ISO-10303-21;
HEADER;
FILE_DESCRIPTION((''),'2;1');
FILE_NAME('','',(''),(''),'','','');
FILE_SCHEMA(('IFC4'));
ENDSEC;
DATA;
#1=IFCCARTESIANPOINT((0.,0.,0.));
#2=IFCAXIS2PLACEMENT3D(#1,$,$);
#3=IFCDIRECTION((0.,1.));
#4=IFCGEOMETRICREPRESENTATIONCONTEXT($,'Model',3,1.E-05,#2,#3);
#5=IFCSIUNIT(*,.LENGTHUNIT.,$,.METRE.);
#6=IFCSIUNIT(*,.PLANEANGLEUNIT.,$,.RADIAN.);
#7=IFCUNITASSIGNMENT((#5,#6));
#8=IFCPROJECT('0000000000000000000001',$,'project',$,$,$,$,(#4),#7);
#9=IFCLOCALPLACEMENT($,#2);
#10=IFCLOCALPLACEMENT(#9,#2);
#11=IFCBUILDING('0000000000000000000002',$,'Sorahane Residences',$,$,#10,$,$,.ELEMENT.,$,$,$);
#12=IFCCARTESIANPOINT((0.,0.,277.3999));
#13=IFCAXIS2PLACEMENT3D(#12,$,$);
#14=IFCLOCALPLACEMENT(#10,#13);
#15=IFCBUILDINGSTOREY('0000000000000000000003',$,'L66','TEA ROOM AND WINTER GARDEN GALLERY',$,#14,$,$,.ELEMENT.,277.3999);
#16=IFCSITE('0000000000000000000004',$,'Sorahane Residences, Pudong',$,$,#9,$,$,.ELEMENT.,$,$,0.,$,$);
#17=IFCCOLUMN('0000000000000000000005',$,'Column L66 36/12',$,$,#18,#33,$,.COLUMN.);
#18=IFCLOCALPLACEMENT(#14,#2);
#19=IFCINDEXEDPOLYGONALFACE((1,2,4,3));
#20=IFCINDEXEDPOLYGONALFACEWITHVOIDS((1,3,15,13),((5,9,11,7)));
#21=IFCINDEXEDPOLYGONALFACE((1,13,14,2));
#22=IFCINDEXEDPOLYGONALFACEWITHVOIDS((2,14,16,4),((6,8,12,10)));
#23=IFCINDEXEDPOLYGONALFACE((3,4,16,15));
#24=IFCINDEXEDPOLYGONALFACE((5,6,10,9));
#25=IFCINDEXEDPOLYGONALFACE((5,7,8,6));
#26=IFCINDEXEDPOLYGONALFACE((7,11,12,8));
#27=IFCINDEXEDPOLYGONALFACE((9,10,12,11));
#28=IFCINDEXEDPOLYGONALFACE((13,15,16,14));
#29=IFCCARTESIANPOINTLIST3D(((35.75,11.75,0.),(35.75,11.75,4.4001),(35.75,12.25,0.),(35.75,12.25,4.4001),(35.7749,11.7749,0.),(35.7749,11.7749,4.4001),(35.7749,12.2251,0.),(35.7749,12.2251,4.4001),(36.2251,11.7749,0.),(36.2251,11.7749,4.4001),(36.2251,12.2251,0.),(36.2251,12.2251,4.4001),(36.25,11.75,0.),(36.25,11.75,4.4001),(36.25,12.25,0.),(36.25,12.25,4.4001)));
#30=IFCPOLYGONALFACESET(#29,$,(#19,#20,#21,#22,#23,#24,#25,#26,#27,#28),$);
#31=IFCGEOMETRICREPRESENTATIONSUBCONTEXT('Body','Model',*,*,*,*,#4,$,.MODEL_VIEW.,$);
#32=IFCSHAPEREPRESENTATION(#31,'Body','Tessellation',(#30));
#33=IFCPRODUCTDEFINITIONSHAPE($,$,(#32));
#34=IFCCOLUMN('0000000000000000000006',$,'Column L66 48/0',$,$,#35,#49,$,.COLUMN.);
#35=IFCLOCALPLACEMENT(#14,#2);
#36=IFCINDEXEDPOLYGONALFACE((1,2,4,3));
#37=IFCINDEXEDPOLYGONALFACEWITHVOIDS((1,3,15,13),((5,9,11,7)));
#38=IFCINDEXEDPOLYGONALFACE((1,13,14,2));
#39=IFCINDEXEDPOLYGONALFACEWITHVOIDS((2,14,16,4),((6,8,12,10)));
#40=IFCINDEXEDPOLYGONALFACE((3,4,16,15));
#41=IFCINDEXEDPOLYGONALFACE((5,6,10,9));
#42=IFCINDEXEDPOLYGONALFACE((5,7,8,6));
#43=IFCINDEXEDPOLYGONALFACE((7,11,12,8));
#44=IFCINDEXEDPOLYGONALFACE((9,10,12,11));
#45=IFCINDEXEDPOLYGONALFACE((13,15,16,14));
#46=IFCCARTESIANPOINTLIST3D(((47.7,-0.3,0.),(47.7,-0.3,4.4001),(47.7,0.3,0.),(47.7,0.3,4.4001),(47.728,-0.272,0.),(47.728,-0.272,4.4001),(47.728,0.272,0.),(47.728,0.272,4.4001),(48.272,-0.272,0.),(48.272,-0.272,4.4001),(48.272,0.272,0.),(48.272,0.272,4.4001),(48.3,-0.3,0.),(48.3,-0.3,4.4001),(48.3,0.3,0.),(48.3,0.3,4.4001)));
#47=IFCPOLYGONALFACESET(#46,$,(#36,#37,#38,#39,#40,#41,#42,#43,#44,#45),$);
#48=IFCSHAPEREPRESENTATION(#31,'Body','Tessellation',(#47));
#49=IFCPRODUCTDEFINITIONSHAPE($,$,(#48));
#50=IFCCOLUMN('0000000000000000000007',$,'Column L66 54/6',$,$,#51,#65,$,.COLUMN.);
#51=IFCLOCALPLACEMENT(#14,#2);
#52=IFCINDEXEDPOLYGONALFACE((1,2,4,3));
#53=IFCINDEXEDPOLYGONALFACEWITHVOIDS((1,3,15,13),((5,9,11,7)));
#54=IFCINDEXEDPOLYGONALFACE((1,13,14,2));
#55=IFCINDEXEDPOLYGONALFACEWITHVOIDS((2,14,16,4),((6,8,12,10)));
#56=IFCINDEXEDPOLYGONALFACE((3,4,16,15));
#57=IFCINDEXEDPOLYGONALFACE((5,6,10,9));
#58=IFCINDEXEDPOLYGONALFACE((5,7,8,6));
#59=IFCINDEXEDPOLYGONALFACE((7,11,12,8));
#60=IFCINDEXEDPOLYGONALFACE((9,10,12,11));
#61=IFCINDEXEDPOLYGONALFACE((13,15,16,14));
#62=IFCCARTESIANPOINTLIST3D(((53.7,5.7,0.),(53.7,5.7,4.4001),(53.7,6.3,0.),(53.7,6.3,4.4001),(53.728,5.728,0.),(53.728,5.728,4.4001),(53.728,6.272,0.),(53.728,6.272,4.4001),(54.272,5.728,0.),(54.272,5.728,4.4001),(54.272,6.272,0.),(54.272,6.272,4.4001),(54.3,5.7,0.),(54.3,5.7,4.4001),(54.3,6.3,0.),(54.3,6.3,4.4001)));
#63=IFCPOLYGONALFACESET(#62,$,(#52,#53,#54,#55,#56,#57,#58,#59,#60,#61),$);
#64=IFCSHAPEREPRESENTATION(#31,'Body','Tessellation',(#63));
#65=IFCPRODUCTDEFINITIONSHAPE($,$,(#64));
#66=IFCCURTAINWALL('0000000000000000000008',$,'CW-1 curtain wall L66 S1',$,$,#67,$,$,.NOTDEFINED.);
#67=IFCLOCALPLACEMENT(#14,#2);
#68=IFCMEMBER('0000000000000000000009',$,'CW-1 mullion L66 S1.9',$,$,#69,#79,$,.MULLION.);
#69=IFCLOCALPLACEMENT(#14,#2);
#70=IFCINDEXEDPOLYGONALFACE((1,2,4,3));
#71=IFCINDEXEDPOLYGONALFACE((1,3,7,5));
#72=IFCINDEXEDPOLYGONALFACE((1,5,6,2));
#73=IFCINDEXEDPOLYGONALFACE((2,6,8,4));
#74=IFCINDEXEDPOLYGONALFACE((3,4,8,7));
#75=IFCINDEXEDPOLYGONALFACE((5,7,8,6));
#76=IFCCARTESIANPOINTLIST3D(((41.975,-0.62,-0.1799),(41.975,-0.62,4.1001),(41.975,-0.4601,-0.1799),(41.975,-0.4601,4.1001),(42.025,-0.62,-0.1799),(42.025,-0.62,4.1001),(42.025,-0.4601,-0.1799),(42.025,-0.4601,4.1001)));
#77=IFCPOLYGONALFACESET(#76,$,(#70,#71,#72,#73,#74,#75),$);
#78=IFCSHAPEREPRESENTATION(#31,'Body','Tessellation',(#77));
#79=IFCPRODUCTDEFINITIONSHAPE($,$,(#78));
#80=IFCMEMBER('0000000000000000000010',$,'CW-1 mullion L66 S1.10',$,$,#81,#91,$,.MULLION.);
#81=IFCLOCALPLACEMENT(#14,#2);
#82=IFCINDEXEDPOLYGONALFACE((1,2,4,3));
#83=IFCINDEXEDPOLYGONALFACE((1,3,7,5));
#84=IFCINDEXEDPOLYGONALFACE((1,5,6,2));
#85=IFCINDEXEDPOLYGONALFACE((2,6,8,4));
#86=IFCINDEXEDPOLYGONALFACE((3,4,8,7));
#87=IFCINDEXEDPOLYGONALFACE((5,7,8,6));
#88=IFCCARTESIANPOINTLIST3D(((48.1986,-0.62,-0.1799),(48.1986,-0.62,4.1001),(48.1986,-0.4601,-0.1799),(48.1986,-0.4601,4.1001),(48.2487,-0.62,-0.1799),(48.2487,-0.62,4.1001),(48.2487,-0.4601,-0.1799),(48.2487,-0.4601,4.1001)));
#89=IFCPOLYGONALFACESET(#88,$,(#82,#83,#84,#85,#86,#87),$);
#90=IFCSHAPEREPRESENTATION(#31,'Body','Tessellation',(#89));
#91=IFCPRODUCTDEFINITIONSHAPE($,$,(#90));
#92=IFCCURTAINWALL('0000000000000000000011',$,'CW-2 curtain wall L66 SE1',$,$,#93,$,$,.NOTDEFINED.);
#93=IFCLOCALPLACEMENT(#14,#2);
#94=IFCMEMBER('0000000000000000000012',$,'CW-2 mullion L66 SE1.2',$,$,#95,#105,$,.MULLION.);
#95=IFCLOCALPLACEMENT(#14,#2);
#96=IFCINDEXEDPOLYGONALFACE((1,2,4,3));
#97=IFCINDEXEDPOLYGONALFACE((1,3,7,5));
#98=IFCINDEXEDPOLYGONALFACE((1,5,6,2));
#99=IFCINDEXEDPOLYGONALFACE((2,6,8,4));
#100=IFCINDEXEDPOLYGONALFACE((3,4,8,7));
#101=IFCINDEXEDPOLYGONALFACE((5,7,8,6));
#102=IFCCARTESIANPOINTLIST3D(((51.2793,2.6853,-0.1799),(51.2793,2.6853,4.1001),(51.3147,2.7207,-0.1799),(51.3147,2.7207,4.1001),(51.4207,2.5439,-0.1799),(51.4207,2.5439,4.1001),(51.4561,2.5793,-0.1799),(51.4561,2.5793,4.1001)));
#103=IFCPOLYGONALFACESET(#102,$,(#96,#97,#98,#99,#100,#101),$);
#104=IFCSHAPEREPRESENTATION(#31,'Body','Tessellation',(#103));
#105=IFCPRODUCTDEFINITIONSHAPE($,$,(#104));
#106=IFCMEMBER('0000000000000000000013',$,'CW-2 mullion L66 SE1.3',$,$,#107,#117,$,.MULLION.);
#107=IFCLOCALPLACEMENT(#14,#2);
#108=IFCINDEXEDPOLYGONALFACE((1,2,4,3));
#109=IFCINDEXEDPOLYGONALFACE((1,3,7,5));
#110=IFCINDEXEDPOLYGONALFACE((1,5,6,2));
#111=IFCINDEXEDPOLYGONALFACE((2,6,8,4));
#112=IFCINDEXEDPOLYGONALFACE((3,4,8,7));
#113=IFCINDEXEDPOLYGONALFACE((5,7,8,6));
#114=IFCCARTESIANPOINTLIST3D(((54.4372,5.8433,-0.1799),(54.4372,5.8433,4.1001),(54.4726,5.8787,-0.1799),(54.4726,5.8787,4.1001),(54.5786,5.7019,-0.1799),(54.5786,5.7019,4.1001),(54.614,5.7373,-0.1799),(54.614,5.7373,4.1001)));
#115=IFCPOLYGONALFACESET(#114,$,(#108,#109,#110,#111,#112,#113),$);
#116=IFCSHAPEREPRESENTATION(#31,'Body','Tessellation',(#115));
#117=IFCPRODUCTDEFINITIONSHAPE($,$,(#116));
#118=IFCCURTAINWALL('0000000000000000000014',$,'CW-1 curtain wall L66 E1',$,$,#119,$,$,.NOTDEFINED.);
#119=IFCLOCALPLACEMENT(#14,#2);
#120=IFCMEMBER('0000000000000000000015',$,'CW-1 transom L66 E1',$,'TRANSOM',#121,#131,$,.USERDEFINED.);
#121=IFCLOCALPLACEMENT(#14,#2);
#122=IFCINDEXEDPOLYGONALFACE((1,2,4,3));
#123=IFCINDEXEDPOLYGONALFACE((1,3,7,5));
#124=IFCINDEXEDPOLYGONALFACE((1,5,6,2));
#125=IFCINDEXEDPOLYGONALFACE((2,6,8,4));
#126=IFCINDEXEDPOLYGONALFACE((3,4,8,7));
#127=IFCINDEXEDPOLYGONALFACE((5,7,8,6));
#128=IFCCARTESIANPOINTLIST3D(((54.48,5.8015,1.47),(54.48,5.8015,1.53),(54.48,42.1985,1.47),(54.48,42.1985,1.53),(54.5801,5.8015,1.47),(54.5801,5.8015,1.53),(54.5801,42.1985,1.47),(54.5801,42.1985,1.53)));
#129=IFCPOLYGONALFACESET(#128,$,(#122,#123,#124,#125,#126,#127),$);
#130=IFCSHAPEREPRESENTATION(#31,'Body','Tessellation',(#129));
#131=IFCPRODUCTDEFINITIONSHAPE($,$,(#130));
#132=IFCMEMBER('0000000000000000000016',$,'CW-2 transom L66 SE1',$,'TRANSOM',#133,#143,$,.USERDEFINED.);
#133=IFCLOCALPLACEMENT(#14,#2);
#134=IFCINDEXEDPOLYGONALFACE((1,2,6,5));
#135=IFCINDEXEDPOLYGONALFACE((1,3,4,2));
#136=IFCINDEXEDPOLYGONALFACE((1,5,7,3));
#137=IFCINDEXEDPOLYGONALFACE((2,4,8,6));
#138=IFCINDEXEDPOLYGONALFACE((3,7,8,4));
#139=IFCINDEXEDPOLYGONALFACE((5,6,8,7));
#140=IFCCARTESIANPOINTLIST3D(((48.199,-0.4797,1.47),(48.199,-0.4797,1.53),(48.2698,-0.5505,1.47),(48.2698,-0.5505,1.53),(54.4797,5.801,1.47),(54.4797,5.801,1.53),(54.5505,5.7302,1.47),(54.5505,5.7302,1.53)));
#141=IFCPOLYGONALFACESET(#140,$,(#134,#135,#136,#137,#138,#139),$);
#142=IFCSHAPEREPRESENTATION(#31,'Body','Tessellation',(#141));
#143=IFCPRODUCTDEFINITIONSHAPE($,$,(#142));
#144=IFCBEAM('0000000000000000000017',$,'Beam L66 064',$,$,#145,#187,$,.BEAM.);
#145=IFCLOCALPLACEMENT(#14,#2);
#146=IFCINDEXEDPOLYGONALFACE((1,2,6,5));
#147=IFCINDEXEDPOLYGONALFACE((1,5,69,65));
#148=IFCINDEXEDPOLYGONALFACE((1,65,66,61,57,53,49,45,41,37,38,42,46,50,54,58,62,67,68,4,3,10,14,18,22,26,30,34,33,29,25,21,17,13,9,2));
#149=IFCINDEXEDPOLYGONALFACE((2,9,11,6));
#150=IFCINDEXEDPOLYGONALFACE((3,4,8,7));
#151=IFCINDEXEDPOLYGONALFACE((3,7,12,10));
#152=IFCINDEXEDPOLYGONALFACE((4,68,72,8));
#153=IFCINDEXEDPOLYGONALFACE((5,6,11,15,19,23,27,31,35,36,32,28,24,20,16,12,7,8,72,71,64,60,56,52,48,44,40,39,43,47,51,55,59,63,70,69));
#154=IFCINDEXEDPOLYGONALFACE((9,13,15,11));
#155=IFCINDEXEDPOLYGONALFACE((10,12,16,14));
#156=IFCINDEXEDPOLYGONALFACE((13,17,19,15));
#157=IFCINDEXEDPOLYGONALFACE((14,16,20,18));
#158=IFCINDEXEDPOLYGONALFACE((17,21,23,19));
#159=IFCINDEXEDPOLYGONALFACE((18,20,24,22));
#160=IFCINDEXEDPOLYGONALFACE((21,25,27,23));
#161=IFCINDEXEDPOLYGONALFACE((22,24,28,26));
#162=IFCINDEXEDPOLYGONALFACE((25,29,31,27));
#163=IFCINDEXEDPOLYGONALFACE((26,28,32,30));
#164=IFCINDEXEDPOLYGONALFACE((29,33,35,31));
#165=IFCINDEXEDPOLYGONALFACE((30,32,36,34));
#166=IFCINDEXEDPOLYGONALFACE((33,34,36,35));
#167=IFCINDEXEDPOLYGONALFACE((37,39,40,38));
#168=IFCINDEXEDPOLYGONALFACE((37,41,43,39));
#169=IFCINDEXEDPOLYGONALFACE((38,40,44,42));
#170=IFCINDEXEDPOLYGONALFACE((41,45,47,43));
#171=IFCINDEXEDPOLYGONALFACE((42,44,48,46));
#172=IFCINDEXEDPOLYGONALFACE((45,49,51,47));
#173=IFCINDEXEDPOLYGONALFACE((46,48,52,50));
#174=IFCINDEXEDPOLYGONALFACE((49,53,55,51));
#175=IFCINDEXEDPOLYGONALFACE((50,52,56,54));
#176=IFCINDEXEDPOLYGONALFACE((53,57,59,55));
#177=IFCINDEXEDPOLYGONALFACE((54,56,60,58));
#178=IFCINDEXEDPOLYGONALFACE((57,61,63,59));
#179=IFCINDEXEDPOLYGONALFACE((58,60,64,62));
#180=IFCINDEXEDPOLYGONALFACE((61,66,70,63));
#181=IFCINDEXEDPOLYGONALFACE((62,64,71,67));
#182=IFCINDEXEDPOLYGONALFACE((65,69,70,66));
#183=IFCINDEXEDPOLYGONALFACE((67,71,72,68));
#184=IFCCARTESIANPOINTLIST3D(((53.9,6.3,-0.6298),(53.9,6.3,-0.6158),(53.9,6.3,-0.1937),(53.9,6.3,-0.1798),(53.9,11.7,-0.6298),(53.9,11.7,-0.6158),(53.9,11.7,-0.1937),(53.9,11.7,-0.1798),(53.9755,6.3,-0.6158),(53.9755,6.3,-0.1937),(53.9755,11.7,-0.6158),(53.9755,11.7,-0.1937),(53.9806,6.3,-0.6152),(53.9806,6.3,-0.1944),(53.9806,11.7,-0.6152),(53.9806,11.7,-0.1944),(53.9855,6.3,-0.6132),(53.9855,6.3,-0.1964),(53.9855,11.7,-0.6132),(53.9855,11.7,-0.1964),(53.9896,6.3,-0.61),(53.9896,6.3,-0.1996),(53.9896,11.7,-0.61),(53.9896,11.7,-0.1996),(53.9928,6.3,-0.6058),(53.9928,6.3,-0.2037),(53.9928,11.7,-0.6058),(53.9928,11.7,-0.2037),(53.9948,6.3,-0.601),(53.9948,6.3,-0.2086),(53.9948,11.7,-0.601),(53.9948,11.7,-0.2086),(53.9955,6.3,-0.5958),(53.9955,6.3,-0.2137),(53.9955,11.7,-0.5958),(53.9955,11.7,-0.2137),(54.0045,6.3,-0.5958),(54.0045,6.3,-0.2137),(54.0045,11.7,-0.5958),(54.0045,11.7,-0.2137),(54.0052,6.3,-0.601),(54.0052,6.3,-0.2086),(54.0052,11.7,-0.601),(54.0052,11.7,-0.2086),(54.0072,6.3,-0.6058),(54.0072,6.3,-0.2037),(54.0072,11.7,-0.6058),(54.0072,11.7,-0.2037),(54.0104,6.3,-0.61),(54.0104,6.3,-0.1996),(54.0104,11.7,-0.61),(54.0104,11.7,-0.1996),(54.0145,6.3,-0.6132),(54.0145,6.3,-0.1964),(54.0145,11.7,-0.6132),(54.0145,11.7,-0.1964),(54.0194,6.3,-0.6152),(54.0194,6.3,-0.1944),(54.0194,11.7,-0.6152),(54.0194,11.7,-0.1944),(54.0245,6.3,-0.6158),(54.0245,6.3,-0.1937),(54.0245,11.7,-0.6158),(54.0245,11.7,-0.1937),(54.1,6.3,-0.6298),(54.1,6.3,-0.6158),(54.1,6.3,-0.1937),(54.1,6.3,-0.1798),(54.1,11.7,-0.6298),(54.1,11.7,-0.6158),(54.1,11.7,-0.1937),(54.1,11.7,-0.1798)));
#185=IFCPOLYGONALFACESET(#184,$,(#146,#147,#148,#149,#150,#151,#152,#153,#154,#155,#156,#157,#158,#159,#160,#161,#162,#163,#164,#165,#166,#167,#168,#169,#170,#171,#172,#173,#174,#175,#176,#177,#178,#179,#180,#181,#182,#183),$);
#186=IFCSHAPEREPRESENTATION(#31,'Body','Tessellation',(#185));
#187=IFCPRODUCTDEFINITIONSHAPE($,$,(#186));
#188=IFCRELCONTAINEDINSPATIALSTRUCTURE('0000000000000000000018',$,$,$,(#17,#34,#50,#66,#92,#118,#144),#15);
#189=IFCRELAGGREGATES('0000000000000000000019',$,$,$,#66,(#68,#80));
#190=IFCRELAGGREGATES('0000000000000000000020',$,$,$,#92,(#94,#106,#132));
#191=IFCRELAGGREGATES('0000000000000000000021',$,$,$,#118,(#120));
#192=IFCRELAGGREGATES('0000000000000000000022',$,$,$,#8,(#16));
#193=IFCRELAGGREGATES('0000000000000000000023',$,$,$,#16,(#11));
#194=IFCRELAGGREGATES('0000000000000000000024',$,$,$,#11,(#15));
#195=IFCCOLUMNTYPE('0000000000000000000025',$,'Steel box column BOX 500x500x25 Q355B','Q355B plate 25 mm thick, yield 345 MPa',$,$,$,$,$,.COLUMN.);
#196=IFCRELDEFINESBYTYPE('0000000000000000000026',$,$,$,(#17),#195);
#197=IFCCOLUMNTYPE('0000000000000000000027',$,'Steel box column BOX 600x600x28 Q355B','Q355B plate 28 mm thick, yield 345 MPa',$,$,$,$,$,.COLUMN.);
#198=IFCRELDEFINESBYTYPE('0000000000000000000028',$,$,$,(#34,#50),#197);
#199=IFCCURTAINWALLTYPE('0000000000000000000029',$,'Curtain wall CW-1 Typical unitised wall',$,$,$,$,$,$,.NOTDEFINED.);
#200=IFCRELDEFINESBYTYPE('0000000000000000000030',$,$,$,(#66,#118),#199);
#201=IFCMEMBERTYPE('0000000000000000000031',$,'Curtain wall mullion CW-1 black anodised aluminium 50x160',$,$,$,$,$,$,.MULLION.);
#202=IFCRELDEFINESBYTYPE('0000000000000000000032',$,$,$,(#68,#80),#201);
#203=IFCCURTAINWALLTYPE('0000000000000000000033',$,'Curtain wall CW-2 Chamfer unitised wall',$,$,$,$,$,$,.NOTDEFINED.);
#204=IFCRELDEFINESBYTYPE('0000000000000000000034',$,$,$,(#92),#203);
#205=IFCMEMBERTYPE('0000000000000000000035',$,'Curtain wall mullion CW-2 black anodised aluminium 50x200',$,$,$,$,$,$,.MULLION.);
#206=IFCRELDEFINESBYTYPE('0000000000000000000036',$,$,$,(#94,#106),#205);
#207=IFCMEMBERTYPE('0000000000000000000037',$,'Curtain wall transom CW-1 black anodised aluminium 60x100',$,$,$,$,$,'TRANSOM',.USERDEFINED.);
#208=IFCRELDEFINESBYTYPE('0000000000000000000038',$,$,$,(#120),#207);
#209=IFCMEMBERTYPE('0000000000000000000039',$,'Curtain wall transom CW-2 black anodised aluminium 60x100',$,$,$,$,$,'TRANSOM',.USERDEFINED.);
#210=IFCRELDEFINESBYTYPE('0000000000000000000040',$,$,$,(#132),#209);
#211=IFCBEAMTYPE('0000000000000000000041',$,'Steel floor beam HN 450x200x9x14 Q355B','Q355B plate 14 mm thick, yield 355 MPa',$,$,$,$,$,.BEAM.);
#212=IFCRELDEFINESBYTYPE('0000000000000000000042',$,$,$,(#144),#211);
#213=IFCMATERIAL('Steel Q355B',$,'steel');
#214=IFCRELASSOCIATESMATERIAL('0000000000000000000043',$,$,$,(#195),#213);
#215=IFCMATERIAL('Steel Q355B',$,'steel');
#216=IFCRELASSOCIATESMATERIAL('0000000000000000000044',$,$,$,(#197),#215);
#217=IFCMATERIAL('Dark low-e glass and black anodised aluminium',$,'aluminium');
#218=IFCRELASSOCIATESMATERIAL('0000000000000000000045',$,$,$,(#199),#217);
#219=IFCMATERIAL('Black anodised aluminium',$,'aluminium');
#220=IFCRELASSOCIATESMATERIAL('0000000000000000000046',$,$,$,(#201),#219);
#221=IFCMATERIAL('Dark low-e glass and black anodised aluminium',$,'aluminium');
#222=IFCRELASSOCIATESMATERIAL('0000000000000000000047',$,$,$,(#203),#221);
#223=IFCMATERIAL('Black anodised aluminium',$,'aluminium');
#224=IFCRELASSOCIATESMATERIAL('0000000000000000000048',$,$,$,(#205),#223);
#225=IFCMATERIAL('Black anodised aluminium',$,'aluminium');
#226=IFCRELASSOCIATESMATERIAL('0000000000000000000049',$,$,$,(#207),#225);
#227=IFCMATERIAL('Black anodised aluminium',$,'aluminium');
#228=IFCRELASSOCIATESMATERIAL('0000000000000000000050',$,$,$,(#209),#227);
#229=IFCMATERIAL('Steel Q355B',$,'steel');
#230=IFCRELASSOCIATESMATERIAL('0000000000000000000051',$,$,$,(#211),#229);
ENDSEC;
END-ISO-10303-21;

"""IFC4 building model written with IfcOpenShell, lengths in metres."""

from ifc_helpers import new_model, si_unit, direction, frame, origin, origin_2d, place, context, subcontext, project, spatial, rectangle, hollow_rectangle, i_section, extrude, material, material_profile, profile_set, type_object, element, aggregate, save


model = new_model("IFC4")

# Units and contexts
model_context = context("Model", 3, precision=1e-05, world=origin(), true_north=direction((0.0, 1.0)))
body_context = subcontext(model_context, "Body", "Model", "MODEL_VIEW")
ifc_project = project(units=[si_unit("LENGTHUNIT", "METRE"), si_unit("PLANEANGLEUNIT", "RADIAN")], contexts=[model_context])

# Site, building, storey
site_placement = place(None, origin())
site = spatial("IfcSite", under=ifc_project, at=site_placement, Name="Sorahane Residences, Pudong", CompositionType="ELEMENT", RefElevation=0.0)
building_placement = place(site_placement, origin())
building = spatial("IfcBuilding", under=site, at=building_placement, Name="Sorahane Residences", CompositionType="ELEMENT")
storey_placement = place(building_placement, frame((0.0, 0.0, 277.3999)))
storey = spatial("IfcBuildingStorey", under=building, at=storey_placement, Name="L66", Description="TEA ROOM AND WINTER GARDEN GALLERY", CompositionType="ELEMENT", Elevation=277.3999)

# Columns
ifc_material_1 = material(Name="Steel Q355B", Category="steel")
ifc_material_profile_1 = material_profile(ifc_material_1, hollow_rectangle(XDim=0.5, YDim=0.5, WallThickness=0.0249, at=origin_2d()), Name="BOX 500x500x25")
ifc_profile_set_1 = profile_set([ifc_material_profile_1], Name="Steel Q355B")
column_type_1 = type_object("IfcColumnType", Name="Steel box column BOX 500x500x25 Q355B", Description="Q355B plate 25 mm thick, yield 345 MPa", PredefinedType="COLUMN", material=ifc_profile_set_1)
column_placement = place(storey_placement, frame((36.0, 12.0, 0.0), z_axis=(0.0, 0.0, 1.0), x_axis=(1.0, 0.0, 0.0)))
element("IfcColumn", 1, at=column_placement, inside=storey, type_object=column_type_1, Name="Column L66 36/12", PredefinedType="COLUMN", context=body_context, shape_type="SweptSolid", body=[
    extrude(hollow_rectangle(XDim=0.5, YDim=0.5, WallThickness=0.0249, at=origin_2d()), origin(), (0.0, 0.0, 1.0), 4.4001),
])
ifc_material_2 = material(Name="Steel Q355B", Category="steel")
ifc_material_profile_2 = material_profile(ifc_material_2, hollow_rectangle(XDim=0.6001, YDim=0.6001, WallThickness=0.0281, at=origin_2d()), Name="BOX 600x600x28")
ifc_profile_set_2 = profile_set([ifc_material_profile_2], Name="Steel Q355B")
column_type_2 = type_object("IfcColumnType", Name="Steel box column BOX 600x600x28 Q355B", Description="Q355B plate 28 mm thick, yield 345 MPa", PredefinedType="COLUMN", material=ifc_profile_set_2)
for number, where, z_axis, x_axis, name in (
    (2, (48.0, 0.0, 0.0), (0.0, 0.0, 1.0), (1.0, 0.0, 0.0), "Column L66 48/0"),
    (3, (54.0, 6.0, 0.0), (0.0, 0.0, 1.0), (1.0, 0.0, 0.0), "Column L66 54/6"),
):
    element("IfcColumn", number, at=place(storey_placement, frame(where, z_axis=z_axis, x_axis=x_axis)), inside=storey, type_object=column_type_2, Name=name, PredefinedType="COLUMN", context=body_context, shape_type="SweptSolid", body=[
        extrude(hollow_rectangle(XDim=0.6001, YDim=0.6001, WallThickness=0.0281, at=origin_2d()), origin(), (0.0, 0.0, 1.0), 4.4001),
    ])

# Curtain walls, members
ifc_material_3 = material(Name="Dark low-e glass and black anodised aluminium", Category="aluminium")
curtain_wall_type_1 = type_object("IfcCurtainWallType", Name="Curtain wall CW-1 Typical unitised wall", PredefinedType="NOTDEFINED", material=ifc_material_3)
curtain_wall_1_placement = place(storey_placement, origin())
curtain_wall_1 = element("IfcCurtainWall", 4, at=curtain_wall_1_placement, inside=storey, type_object=curtain_wall_type_1, Name="CW-1 curtain wall L66 S1", PredefinedType="NOTDEFINED")
ifc_material_4 = material(Name="Black anodised aluminium", Category="aluminium")
ifc_material_profile_3 = material_profile(ifc_material_4, rectangle(XDim=0.1599, YDim=0.05, at=origin_2d()), Name="Curtain wall mullion CW-1 black anodised aluminium 50x160")
ifc_profile_set_3 = profile_set([ifc_material_profile_3], Name="Black anodised aluminium")
member_type_1 = type_object("IfcMemberType", Name="Curtain wall mullion CW-1 black anodised aluminium 50x160", PredefinedType="MULLION", material=ifc_profile_set_3)
member_1_placement = place(storey_placement, frame((42.0, -0.54, -0.1799), z_axis=(0.0, 0.0, 1.0), x_axis=(0.0, -1.0, 0.0)))
member_1 = element("IfcMember", 5, at=member_1_placement, type_object=member_type_1, Name="CW-1 mullion L66 S1.9", PredefinedType="MULLION", context=body_context, shape_type="SweptSolid", body=[
    extrude(rectangle(XDim=0.1599, YDim=0.05, at=origin_2d()), origin(), (0.0, 0.0, 1.0), 4.28),
])
member_2_placement = place(storey_placement, frame((48.2236, -0.54, -0.1799), z_axis=(0.0, 0.0, 1.0), x_axis=(0.0, -1.0, 0.0)))
member_2 = element("IfcMember", 6, at=member_2_placement, type_object=member_type_1, Name="CW-1 mullion L66 S1.10", PredefinedType="MULLION", context=body_context, shape_type="SweptSolid", body=[
    extrude(rectangle(XDim=0.1599, YDim=0.05, at=origin_2d()), origin(), (0.0, 0.0, 1.0), 4.28),
])
ifc_material_5 = material(Name="Dark low-e glass and black anodised aluminium", Category="aluminium")
curtain_wall_type_2 = type_object("IfcCurtainWallType", Name="Curtain wall CW-2 Chamfer unitised wall", PredefinedType="NOTDEFINED", material=ifc_material_5)
curtain_wall_2_placement = place(storey_placement, origin())
curtain_wall_2 = element("IfcCurtainWall", 7, at=curtain_wall_2_placement, inside=storey, type_object=curtain_wall_type_2, Name="CW-2 curtain wall L66 SE1", PredefinedType="NOTDEFINED")
ifc_material_6 = material(Name="Black anodised aluminium", Category="aluminium")
ifc_material_profile_4 = material_profile(ifc_material_6, rectangle(XDim=0.2, YDim=0.05, at=origin_2d()), Name="Curtain wall mullion CW-2 black anodised aluminium 50x200")
ifc_profile_set_4 = profile_set([ifc_material_profile_4], Name="Black anodised aluminium")
member_type_2 = type_object("IfcMemberType", Name="Curtain wall mullion CW-2 black anodised aluminium 50x200", PredefinedType="MULLION", material=ifc_profile_set_4)
member_3_placement = place(storey_placement, frame((51.3677, 2.6323, -0.1799), z_axis=(0.0, 0.0, 1.0), x_axis=(0.707107, -0.707107, 0.0)))
member_3 = element("IfcMember", 8, at=member_3_placement, type_object=member_type_2, Name="CW-2 mullion L66 SE1.2", PredefinedType="MULLION", context=body_context, shape_type="SweptSolid", body=[
    extrude(rectangle(XDim=0.2, YDim=0.05, at=origin_2d()), origin(), (0.0, 0.0, 1.0), 4.28),
])
member_4_placement = place(storey_placement, frame((54.5256, 5.7903, -0.1799), z_axis=(0.0, 0.0, 1.0), x_axis=(0.707107, -0.707107, 0.0)))
member_4 = element("IfcMember", 9, at=member_4_placement, type_object=member_type_2, Name="CW-2 mullion L66 SE1.3", PredefinedType="MULLION", context=body_context, shape_type="SweptSolid", body=[
    extrude(rectangle(XDim=0.2, YDim=0.05, at=origin_2d()), origin(), (0.0, 0.0, 1.0), 4.28),
])

# Curtain wall, member
curtain_wall_3_placement = place(storey_placement, origin())
curtain_wall_3 = element("IfcCurtainWall", 10, at=curtain_wall_3_placement, inside=storey, type_object=curtain_wall_type_1, Name="CW-1 curtain wall L66 E1", PredefinedType="NOTDEFINED")
ifc_material_7 = material(Name="Black anodised aluminium", Category="aluminium")
ifc_material_profile_5 = material_profile(ifc_material_7, rectangle(XDim=0.1001, YDim=0.0601, at=origin_2d()), Name="Curtain wall transom CW-1 black anodised aluminium 60x100")
ifc_profile_set_5 = profile_set([ifc_material_profile_5], Name="Black anodised aluminium")
member_type_3 = type_object("IfcMemberType", Name="Curtain wall transom CW-1 black anodised aluminium 60x100", ElementType="TRANSOM", PredefinedType="USERDEFINED", material=ifc_profile_set_5)
member_5_placement = place(storey_placement, frame((54.53, 5.8015, 1.5), z_axis=(0.0, 1.0, 0.0), x_axis=(-1.0, 0.0, 0.0)))
member_5 = element("IfcMember", 11, at=member_5_placement, type_object=member_type_3, Name="CW-1 transom L66 E1", ObjectType="TRANSOM", PredefinedType="USERDEFINED", context=body_context, shape_type="SweptSolid", body=[
    extrude(rectangle(XDim=0.1001, YDim=0.0601, at=origin_2d()), origin(), (0.0, 0.0, 1.0), 36.397),
])

# Member
ifc_material_8 = material(Name="Black anodised aluminium", Category="aluminium")
ifc_material_profile_6 = material_profile(ifc_material_8, rectangle(XDim=0.1001, YDim=0.0601, at=origin_2d()), Name="Curtain wall transom CW-2 black anodised aluminium 60x100")
ifc_profile_set_6 = profile_set([ifc_material_profile_6], Name="Black anodised aluminium")
member_type_4 = type_object("IfcMemberType", Name="Curtain wall transom CW-2 black anodised aluminium 60x100", ElementType="TRANSOM", PredefinedType="USERDEFINED", material=ifc_profile_set_6)
member_6_placement = place(storey_placement, frame((48.2344, -0.5151, 1.5), z_axis=(0.707107, 0.707107, 0.0), x_axis=(-0.707107, 0.707107, 0.0)))
member_6 = element("IfcMember", 12, at=member_6_placement, type_object=member_type_4, Name="CW-2 transom L66 SE1", ObjectType="TRANSOM", PredefinedType="USERDEFINED", context=body_context, shape_type="SweptSolid", body=[
    extrude(rectangle(XDim=0.1001, YDim=0.0601, at=origin_2d()), origin(), (0.0, 0.0, 1.0), 8.8823),
])

# Beam
ifc_material_9 = material(Name="Steel Q355B", Category="steel")
ifc_material_profile_7 = material_profile(ifc_material_9, i_section(OverallWidth=0.2, OverallDepth=0.45, WebThickness=0.009, FlangeThickness=0.0139, FilletRadius=0.02, at=origin_2d()), Name="HN 450x200x9x14")
ifc_profile_set_7 = profile_set([ifc_material_profile_7], Name="Steel Q355B")
beam_type_1 = type_object("IfcBeamType", Name="Steel floor beam HN 450x200x9x14 Q355B", Description="Q355B plate 14 mm thick, yield 355 MPa", PredefinedType="BEAM", material=ifc_profile_set_7)
beam_1_placement = place(storey_placement, frame((54.0, 6.3, -0.4048), z_axis=(0.0, 1.0, 0.0), x_axis=(-1.0, 0.0, 0.0)))
element("IfcBeam", 13, at=beam_1_placement, inside=storey, type_object=beam_type_1, Name="Beam L66 064", PredefinedType="BEAM", context=body_context, shape_type="SweptSolid", body=[
    extrude(i_section(OverallWidth=0.2, OverallDepth=0.45, WebThickness=0.009, FlangeThickness=0.0139, FilletRadius=0.02, at=origin_2d()), origin(), (0.0, 0.0, 1.0), 5.3999),
])

aggregate(curtain_wall_1, [member_1, member_2])
aggregate(curtain_wall_2, [member_3, member_4, member_6])
aggregate(curtain_wall_3, [member_5])

save(model, "model.ifc")
